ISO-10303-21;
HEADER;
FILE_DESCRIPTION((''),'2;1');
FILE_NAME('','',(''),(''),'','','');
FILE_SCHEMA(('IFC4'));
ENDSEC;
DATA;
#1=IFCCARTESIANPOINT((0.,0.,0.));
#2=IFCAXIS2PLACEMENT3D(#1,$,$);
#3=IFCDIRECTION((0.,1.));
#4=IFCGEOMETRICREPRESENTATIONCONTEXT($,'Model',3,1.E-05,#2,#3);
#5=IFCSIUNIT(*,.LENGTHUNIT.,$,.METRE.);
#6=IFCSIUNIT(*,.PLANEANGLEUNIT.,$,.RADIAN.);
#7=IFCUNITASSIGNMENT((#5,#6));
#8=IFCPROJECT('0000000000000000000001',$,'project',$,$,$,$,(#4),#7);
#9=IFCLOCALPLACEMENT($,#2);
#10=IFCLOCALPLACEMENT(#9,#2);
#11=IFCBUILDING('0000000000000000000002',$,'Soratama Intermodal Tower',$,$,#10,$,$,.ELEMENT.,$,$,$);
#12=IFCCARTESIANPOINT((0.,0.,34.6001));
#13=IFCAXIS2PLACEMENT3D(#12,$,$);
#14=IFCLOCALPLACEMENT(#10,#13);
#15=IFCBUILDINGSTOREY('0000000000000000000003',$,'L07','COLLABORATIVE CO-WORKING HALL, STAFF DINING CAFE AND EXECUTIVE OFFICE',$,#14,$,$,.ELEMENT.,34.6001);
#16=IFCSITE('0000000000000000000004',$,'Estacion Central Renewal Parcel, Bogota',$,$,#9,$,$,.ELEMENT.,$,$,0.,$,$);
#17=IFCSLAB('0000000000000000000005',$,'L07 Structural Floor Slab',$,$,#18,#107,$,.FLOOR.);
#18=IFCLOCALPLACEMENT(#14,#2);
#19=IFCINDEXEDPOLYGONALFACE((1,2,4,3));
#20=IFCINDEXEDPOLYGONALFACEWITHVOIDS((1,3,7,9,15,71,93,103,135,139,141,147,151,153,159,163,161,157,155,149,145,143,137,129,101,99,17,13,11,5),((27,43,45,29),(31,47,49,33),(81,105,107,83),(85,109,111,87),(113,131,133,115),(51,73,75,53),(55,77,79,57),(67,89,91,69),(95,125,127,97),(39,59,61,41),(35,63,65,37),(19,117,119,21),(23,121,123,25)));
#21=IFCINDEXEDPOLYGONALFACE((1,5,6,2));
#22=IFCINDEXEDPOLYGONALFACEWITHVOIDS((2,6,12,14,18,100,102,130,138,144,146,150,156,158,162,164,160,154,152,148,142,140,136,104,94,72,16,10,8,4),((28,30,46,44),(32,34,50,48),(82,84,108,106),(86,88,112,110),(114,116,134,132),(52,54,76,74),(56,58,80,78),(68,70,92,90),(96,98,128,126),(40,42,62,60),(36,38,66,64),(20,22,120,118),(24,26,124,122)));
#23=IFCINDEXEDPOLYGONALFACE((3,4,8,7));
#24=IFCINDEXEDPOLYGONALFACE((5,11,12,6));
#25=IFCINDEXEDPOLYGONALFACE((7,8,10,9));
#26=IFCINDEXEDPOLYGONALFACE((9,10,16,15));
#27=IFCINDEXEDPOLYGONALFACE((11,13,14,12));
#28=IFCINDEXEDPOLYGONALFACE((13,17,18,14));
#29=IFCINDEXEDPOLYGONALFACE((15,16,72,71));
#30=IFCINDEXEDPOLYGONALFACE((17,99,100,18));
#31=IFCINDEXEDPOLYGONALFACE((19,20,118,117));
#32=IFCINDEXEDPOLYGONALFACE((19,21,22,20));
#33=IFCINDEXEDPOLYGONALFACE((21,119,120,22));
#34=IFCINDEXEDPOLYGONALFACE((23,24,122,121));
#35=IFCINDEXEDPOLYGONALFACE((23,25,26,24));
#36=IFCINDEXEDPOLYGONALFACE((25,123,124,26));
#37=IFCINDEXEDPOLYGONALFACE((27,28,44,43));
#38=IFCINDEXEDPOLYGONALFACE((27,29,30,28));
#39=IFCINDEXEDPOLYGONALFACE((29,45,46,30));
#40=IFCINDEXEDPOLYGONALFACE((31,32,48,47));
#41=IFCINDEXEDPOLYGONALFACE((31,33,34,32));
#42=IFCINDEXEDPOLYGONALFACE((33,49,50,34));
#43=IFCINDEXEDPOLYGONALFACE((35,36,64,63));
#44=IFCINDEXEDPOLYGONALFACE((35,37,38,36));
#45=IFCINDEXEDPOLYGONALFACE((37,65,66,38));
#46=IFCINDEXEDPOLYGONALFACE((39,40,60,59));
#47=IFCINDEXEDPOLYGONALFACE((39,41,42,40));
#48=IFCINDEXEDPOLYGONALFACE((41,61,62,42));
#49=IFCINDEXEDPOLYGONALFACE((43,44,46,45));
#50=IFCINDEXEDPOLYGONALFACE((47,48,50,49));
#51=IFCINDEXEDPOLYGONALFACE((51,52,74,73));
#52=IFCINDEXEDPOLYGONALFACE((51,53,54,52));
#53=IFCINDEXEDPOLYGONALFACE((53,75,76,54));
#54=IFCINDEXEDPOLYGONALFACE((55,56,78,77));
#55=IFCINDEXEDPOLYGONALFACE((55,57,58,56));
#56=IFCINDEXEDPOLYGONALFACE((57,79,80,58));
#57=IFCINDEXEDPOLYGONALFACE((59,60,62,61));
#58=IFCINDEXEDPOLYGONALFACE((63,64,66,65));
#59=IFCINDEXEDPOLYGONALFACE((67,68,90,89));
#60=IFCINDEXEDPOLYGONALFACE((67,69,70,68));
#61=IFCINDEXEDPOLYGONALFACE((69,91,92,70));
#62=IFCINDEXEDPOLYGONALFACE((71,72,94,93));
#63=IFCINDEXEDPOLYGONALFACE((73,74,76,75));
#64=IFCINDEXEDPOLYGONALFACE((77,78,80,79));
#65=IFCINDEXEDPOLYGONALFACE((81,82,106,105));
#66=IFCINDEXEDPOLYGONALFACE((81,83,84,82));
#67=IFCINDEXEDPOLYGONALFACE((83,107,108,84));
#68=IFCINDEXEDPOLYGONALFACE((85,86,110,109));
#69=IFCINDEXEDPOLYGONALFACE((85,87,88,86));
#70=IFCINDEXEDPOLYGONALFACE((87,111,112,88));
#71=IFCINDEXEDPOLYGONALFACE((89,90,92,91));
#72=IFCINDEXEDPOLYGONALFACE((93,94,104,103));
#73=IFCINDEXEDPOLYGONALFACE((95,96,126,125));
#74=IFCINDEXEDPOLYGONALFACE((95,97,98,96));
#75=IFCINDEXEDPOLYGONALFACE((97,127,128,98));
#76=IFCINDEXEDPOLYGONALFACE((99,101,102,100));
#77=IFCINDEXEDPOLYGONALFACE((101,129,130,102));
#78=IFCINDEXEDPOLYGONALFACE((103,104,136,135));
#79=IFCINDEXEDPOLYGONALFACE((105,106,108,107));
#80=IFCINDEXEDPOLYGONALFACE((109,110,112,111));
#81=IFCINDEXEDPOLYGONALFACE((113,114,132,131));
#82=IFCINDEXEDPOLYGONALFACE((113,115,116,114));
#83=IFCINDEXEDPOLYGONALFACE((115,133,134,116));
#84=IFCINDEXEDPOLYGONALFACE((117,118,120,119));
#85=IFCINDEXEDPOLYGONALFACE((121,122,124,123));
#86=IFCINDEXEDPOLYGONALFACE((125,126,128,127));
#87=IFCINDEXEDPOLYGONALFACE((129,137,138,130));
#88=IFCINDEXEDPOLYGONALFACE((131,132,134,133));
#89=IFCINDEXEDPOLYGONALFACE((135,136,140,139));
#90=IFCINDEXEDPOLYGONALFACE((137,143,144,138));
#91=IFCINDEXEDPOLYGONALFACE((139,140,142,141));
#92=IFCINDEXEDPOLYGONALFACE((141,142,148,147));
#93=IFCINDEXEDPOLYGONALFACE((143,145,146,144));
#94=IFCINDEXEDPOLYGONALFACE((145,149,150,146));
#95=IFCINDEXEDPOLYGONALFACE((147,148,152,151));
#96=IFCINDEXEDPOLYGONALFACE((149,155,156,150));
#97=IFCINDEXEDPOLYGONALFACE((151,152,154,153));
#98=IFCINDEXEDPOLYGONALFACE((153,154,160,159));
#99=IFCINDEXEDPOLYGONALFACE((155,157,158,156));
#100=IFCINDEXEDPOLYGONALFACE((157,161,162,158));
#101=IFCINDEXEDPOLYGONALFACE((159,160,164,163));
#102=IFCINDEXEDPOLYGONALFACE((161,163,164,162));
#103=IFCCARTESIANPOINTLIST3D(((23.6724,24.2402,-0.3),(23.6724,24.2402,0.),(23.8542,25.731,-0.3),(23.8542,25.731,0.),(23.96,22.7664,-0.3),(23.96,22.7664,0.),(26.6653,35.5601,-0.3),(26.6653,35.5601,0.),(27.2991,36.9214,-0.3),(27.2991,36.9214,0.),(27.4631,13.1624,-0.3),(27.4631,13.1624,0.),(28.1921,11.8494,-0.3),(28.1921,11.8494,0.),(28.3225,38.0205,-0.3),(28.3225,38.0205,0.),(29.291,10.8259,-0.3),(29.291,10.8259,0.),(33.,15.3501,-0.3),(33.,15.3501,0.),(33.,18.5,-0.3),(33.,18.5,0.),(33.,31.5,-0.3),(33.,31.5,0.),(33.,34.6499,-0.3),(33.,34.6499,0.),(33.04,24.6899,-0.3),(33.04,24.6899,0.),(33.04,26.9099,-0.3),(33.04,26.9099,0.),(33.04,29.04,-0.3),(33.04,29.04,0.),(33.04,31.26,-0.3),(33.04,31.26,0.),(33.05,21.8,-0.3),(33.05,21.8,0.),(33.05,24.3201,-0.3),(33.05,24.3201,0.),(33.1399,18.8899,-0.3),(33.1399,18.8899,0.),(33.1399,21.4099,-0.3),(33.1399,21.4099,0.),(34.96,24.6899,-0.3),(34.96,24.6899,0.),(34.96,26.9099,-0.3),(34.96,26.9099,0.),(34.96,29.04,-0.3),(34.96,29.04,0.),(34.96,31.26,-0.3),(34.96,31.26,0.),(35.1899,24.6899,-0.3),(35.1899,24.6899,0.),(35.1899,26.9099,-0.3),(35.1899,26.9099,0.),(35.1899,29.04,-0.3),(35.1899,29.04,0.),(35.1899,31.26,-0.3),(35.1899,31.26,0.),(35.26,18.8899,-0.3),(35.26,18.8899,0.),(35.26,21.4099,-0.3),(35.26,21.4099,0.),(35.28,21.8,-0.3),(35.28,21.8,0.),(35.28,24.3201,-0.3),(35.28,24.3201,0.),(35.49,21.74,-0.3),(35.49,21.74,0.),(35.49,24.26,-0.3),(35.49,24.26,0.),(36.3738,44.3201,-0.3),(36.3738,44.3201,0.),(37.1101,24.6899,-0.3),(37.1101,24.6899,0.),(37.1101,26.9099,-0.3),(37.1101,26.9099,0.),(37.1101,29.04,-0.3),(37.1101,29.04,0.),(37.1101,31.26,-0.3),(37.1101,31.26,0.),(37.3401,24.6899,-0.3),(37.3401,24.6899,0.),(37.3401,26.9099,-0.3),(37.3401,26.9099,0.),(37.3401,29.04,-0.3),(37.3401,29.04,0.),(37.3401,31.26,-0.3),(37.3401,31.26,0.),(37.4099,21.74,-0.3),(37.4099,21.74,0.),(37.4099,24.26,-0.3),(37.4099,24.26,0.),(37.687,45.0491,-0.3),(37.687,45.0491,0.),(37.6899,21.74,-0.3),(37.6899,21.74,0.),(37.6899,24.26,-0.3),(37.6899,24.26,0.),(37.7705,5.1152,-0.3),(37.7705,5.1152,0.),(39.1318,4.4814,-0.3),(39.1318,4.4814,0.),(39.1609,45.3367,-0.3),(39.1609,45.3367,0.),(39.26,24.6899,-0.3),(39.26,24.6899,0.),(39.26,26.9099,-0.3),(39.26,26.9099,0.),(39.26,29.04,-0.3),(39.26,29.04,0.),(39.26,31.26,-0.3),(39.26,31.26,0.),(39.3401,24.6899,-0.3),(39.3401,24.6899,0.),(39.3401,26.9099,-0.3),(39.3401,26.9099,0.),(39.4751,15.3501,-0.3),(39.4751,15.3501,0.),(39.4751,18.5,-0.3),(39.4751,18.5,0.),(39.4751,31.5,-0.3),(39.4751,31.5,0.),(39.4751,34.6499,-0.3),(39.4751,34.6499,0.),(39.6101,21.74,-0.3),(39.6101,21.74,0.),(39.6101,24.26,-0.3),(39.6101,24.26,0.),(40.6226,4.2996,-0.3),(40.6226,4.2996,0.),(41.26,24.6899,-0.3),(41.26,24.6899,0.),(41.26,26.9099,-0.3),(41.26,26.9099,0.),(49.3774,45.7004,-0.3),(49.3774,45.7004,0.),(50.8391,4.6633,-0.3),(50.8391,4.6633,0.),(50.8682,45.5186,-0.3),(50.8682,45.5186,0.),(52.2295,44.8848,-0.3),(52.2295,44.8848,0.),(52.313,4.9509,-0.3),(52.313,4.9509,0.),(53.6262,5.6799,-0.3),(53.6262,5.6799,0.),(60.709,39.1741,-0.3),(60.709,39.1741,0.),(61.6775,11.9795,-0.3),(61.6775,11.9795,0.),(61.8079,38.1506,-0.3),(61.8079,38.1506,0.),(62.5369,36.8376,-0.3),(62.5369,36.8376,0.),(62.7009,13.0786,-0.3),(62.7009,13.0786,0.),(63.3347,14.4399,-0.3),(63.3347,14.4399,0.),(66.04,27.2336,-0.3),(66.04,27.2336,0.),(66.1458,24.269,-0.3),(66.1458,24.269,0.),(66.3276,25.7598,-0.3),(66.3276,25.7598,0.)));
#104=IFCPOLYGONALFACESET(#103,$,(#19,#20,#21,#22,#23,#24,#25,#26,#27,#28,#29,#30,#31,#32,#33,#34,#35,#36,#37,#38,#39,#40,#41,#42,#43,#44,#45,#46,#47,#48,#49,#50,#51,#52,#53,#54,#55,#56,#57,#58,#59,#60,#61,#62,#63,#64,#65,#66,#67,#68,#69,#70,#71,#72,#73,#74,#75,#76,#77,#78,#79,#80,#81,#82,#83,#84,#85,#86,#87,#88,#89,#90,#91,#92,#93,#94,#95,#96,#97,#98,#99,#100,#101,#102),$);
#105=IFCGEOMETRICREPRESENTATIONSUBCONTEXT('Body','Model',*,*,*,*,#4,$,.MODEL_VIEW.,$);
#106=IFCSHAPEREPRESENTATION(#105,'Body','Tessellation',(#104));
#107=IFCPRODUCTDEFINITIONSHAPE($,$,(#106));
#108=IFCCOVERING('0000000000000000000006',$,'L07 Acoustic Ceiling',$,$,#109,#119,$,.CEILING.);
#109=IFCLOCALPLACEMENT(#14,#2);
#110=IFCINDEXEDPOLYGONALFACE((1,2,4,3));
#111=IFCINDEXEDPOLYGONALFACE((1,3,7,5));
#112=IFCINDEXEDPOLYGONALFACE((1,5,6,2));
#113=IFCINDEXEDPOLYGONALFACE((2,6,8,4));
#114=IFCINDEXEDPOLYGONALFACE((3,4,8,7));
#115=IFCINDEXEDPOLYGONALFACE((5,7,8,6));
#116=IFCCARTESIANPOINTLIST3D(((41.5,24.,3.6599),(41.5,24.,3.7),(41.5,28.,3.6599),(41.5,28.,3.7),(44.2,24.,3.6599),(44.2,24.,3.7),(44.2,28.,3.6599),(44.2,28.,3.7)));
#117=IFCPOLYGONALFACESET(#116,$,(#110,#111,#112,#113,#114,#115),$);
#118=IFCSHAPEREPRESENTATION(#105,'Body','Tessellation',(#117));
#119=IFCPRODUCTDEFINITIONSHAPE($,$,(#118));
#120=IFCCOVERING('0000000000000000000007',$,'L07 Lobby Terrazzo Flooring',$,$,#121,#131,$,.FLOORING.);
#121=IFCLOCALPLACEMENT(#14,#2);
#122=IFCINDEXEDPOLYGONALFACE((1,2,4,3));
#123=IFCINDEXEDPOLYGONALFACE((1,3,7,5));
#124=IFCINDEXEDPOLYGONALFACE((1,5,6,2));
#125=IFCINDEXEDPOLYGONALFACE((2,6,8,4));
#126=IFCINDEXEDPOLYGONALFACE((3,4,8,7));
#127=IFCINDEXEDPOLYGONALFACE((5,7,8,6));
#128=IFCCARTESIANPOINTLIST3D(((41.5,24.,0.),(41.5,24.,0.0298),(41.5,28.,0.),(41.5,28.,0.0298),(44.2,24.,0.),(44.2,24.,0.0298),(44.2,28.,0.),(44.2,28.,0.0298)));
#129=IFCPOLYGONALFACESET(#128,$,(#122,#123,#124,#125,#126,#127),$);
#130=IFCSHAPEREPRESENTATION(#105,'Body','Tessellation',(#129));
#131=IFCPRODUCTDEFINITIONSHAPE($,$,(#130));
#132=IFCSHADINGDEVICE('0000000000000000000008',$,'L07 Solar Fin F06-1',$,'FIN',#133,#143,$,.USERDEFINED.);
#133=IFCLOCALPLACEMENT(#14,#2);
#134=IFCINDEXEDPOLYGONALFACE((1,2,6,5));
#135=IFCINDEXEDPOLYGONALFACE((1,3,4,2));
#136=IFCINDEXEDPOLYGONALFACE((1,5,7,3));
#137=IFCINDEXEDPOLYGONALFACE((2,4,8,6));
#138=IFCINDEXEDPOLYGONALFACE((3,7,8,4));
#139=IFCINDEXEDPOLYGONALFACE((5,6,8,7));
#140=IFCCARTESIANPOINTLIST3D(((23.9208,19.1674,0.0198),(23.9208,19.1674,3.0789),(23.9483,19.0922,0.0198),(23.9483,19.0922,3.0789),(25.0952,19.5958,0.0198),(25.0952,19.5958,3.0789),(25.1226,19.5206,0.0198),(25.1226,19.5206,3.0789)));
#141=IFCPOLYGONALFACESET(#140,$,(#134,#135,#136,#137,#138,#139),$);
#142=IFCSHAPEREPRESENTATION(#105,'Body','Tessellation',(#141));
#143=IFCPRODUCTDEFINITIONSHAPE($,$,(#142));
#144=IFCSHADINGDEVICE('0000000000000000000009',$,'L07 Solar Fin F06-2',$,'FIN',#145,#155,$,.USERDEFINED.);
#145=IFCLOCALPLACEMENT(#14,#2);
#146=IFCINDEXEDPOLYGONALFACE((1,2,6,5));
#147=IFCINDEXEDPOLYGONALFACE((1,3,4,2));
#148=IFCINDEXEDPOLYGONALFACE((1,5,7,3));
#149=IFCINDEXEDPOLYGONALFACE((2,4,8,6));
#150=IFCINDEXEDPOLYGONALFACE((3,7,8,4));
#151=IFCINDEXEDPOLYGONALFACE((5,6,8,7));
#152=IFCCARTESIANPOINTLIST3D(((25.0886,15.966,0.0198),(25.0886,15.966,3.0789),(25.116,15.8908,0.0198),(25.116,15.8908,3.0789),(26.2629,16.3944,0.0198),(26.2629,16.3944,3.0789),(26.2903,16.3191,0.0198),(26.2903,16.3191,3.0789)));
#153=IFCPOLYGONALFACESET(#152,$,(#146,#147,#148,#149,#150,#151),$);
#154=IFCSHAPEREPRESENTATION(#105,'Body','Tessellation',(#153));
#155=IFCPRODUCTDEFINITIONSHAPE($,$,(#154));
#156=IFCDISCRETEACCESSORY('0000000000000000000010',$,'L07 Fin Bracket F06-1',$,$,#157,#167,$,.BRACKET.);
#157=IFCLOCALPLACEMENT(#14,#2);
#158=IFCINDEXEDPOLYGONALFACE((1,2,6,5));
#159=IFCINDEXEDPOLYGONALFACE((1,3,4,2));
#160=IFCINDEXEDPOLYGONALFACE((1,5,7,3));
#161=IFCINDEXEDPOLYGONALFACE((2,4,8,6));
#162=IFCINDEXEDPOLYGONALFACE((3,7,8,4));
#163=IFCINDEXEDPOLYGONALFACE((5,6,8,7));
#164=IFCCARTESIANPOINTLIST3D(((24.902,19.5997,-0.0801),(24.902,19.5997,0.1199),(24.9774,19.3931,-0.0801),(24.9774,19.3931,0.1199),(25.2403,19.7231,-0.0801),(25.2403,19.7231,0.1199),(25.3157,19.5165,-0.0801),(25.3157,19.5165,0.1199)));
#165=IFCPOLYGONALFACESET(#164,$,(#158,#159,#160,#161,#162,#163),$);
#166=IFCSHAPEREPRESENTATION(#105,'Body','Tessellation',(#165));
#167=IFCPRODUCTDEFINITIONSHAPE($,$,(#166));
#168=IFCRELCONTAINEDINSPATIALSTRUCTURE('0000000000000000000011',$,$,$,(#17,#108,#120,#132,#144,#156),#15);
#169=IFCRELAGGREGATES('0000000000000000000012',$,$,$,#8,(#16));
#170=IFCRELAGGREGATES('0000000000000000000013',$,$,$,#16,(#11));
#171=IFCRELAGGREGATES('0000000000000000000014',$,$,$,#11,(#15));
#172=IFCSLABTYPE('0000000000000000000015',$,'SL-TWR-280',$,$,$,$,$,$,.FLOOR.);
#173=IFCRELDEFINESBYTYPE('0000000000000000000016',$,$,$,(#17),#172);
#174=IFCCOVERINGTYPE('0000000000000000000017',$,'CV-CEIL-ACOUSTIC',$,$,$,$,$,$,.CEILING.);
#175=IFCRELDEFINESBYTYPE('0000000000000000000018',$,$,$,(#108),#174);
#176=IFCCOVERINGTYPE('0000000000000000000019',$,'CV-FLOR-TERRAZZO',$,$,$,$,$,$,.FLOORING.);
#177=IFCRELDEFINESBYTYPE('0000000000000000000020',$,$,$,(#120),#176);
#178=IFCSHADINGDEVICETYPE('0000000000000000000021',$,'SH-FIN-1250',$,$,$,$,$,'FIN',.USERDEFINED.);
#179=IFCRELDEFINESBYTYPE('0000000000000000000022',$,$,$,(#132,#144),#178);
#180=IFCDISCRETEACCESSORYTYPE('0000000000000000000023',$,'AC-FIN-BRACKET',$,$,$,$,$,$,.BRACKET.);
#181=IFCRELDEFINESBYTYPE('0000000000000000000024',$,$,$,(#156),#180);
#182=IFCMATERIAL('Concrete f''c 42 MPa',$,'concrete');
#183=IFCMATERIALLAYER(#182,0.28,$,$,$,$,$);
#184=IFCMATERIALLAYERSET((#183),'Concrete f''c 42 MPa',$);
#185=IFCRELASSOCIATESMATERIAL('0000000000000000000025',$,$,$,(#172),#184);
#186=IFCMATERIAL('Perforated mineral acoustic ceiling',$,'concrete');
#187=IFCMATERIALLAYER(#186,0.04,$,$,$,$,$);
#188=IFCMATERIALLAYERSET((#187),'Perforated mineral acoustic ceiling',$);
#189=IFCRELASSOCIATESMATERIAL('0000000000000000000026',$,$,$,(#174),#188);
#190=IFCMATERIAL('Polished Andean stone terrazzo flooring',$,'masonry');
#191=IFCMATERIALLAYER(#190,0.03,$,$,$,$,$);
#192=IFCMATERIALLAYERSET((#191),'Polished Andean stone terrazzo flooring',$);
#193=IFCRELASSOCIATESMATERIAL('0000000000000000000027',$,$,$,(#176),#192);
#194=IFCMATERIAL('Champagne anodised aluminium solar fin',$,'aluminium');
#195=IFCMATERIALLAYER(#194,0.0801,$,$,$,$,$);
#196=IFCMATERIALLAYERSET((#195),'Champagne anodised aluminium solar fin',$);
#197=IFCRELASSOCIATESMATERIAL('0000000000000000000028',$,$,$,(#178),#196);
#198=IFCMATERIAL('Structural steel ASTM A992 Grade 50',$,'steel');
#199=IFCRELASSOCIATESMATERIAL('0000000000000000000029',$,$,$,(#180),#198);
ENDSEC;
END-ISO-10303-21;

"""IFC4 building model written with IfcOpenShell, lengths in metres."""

from ifc_helpers import new_model, si_unit, direction, frame, origin, origin_2d, place, context, subcontext, project, spatial, polyline, rectangle, outline, extrude, material, layer, layer_set, type_object, element, save


model = new_model("IFC4")

# Units and contexts
model_context = context("Model", 3, precision=1e-05, world=origin(), true_north=direction((0.0, 1.0)))
body_context = subcontext(model_context, "Body", "Model", "MODEL_VIEW")
ifc_project = project(units=[si_unit("LENGTHUNIT", "METRE"), si_unit("PLANEANGLEUNIT", "RADIAN")], contexts=[model_context])

# Site, building, storey
site_placement = place(None, origin())
site = spatial("IfcSite", under=ifc_project, at=site_placement, Name="Estacion Central Renewal Parcel, Bogota", CompositionType="ELEMENT", RefElevation=0.0)
building_placement = place(site_placement, origin())
building = spatial("IfcBuilding", under=site, at=building_placement, Name="Soratama Intermodal Tower", CompositionType="ELEMENT")
storey_placement = place(building_placement, frame((0.0, 0.0, 34.6001)))
storey = spatial("IfcBuildingStorey", under=building, at=storey_placement, Name="L07", Description="COLLABORATIVE CO-WORKING HALL, STAFF DINING CAFE AND EXECUTIVE OFFICE", CompositionType="ELEMENT", Elevation=34.6001)

# Slab
ifc_material_1 = material(Name="Concrete f'c 42 MPa", Category="concrete")
ifc_layer_1 = layer(ifc_material_1, 0.28)
ifc_layer_set_1 = layer_set([ifc_layer_1], Name="Concrete f'c 42 MPa")
slab_type_1 = type_object("IfcSlabType", Name="SL-TWR-280", PredefinedType="FLOOR", material=ifc_layer_set_1)
slab_1_placement = place(storey_placement, frame((0.0, 0.0, -0.3)))
element("IfcSlab", 1, at=slab_1_placement, inside=storey, type_object=slab_type_1, Name="L07 Structural Floor Slab", PredefinedType="FLOOR", context=body_context, shape_type="SweptSolid", body=[
    extrude(outline(polyline([(66.1458, 24.269), (66.3276, 25.7598), (66.04, 27.2336), (62.5369, 36.8376), (61.8079, 38.1506), (60.709, 39.1741), (52.2295, 44.8848), (50.8682, 45.5186), (49.3774, 45.7004), (39.1609, 45.3367), (37.687, 45.0491), (36.3738, 44.3201), (28.3225, 38.0205), (27.2991, 36.9214), (26.6653, 35.5601), (23.8542, 25.731), (23.6724, 24.2402), (23.96, 22.7664), (27.4631, 13.1624), (28.1921, 11.8494), (29.291, 10.8259), (37.7705, 5.1152), (39.1318, 4.4814), (40.6226, 4.2996), (50.8391, 4.6633), (52.313, 4.9509), (53.6262, 5.6799), (61.6775, 11.9795), (62.7009, 13.0786), (63.3347, 14.4399), (66.1458, 24.269)]), holes=[polyline([(33.0, 18.5), (33.0, 15.3501), (39.4751, 15.3501), (39.4751, 18.5), (33.0, 18.5)]), polyline([(35.26, 18.8899), (35.26, 21.4099), (33.1399, 21.4099), (33.1399, 18.8899), (35.26, 18.8899)]), polyline([(33.05, 21.8), (35.28, 21.8), (35.28, 24.3201), (33.05, 24.3201), (33.05, 21.8)]), polyline([(34.96, 26.9099), (33.04, 26.9099), (33.04, 24.6899), (34.96, 24.6899), (34.96, 26.9099)]), polyline([(37.1101, 24.6899), (37.1101, 26.9099), (35.1899, 26.9099), (35.1899, 24.6899), (37.1101, 24.6899)]), polyline([(34.96, 29.04), (34.96, 31.26), (33.04, 31.26), (33.04, 29.04), (34.96, 29.04)]), polyline([(37.1101, 31.26), (35.1899, 31.26), (35.1899, 29.04), (37.1101, 29.04), (37.1101, 31.26)]), polyline([(37.4099, 21.74), (37.4099, 24.26), (35.49, 24.26), (35.49, 21.74), (37.4099, 21.74)]), polyline([(39.6101, 21.74), (39.6101, 24.26), (37.6899, 24.26), (37.6899, 21.74), (39.6101, 21.74)]), polyline([(39.26, 24.6899), (39.26, 26.9099), (37.3401, 26.9099), (37.3401, 24.6899), (39.26, 24.6899)]), polyline([(41.26, 24.6899), (41.26, 26.9099), (39.3401, 26.9099), (39.3401, 24.6899), (41.26, 24.6899)]), polyline([(39.26, 29.04), (39.26, 31.26), (37.3401, 31.26), (37.3401, 29.04), (39.26, 29.04)]), polyline([(39.4751, 34.6499), (33.0, 34.6499), (33.0, 31.5), (39.4751, 31.5), (39.4751, 34.6499)])]), origin(), (0.0, 0.0, 1.0), 0.3),
])

# Coverings
ifc_material_2 = material(Name="Perforated mineral acoustic ceiling", Category="concrete")
ifc_layer_2 = layer(ifc_material_2, 0.04)
ifc_layer_set_2 = layer_set([ifc_layer_2], Name="Perforated mineral acoustic ceiling")
covering_type_1 = type_object("IfcCoveringType", Name="CV-CEIL-ACOUSTIC", PredefinedType="CEILING", material=ifc_layer_set_2)
covering_1_placement = place(storey_placement, frame((0.0, 0.0, 3.6599)))
element("IfcCovering", 2, at=covering_1_placement, inside=storey, type_object=covering_type_1, Name="L07 Acoustic Ceiling", PredefinedType="CEILING", context=body_context, shape_type="SweptSolid", body=[
    extrude(outline(polyline([(41.5, 24.0), (44.2, 24.0), (44.2, 28.0), (41.5, 28.0), (41.5, 24.0)])), origin(), (0.0, 0.0, 1.0), 0.04),
])
ifc_material_3 = material(Name="Polished Andean stone terrazzo flooring", Category="masonry")
ifc_layer_3 = layer(ifc_material_3, 0.03)
ifc_layer_set_3 = layer_set([ifc_layer_3], Name="Polished Andean stone terrazzo flooring")
covering_type_2 = type_object("IfcCoveringType", Name="CV-FLOR-TERRAZZO", PredefinedType="FLOORING", material=ifc_layer_set_3)
covering_2_placement = place(storey_placement, origin())
element("IfcCovering", 3, at=covering_2_placement, inside=storey, type_object=covering_type_2, Name="L07 Lobby Terrazzo Flooring", PredefinedType="FLOORING", context=body_context, shape_type="SweptSolid", body=[
    extrude(outline(polyline([(41.5, 24.0), (44.2, 24.0), (44.2, 28.0), (41.5, 28.0), (41.5, 24.0)])), origin(), (0.0, 0.0, 1.0), 0.0298),
])

# Shading devices
ifc_material_4 = material(Name="Champagne anodised aluminium solar fin", Category="aluminium")
ifc_layer_4 = layer(ifc_material_4, 0.0801)
ifc_layer_set_4 = layer_set([ifc_layer_4], Name="Champagne anodised aluminium solar fin")
shading_device_type = type_object("IfcShadingDeviceType", Name="SH-FIN-1250", ElementType="FIN", PredefinedType="USERDEFINED", material=ifc_layer_set_4)
for number, where, z_axis, x_axis, name in (
    (4, (24.5217, 19.344, 0.0198), (0.0, 0.0, 1.0), (-0.939454, -0.342676, 0.0), "L07 Solar Fin F06-1"),
    (5, (25.6895, 16.1426, 0.0198), (0.0, 0.0, 1.0), (-0.939454, -0.342676, 0.0), "L07 Solar Fin F06-2"),
):
    element("IfcShadingDevice", number, at=place(storey_placement, frame(where, z_axis=z_axis, x_axis=x_axis)), inside=storey, type_object=shading_device_type, Name=name, ObjectType="FIN", PredefinedType="USERDEFINED", context=body_context, shape_type="SweptSolid", body=[
        extrude(rectangle(XDim=1.25, YDim=0.0801, at=origin_2d()), origin(), (0.0, 0.0, 1.0), 3.0591),
    ])

# Discrete accessory
ifc_material_5 = material(Name="Structural steel ASTM A992 Grade 50", Category="steel")
discrete_accessory_type = type_object("IfcDiscreteAccessoryType", Name="AC-FIN-BRACKET", PredefinedType="BRACKET", material=ifc_material_5)
discrete_accessory_placement = place(storey_placement, frame((25.1089, 19.5581, -0.0801), z_axis=(0.0, 0.0, 1.0), x_axis=(-0.939454, -0.342676, 0.0)))
element("IfcDiscreteAccessory", 6, at=discrete_accessory_placement, inside=storey, type_object=discrete_accessory_type, Name="L07 Fin Bracket F06-1", PredefinedType="BRACKET", context=body_context, shape_type="SweptSolid", body=[
    extrude(rectangle(XDim=0.3601, YDim=0.22, at=origin_2d()), origin(), (0.0, 0.0, 1.0), 0.2),
])

save(model, "model.ifc")
